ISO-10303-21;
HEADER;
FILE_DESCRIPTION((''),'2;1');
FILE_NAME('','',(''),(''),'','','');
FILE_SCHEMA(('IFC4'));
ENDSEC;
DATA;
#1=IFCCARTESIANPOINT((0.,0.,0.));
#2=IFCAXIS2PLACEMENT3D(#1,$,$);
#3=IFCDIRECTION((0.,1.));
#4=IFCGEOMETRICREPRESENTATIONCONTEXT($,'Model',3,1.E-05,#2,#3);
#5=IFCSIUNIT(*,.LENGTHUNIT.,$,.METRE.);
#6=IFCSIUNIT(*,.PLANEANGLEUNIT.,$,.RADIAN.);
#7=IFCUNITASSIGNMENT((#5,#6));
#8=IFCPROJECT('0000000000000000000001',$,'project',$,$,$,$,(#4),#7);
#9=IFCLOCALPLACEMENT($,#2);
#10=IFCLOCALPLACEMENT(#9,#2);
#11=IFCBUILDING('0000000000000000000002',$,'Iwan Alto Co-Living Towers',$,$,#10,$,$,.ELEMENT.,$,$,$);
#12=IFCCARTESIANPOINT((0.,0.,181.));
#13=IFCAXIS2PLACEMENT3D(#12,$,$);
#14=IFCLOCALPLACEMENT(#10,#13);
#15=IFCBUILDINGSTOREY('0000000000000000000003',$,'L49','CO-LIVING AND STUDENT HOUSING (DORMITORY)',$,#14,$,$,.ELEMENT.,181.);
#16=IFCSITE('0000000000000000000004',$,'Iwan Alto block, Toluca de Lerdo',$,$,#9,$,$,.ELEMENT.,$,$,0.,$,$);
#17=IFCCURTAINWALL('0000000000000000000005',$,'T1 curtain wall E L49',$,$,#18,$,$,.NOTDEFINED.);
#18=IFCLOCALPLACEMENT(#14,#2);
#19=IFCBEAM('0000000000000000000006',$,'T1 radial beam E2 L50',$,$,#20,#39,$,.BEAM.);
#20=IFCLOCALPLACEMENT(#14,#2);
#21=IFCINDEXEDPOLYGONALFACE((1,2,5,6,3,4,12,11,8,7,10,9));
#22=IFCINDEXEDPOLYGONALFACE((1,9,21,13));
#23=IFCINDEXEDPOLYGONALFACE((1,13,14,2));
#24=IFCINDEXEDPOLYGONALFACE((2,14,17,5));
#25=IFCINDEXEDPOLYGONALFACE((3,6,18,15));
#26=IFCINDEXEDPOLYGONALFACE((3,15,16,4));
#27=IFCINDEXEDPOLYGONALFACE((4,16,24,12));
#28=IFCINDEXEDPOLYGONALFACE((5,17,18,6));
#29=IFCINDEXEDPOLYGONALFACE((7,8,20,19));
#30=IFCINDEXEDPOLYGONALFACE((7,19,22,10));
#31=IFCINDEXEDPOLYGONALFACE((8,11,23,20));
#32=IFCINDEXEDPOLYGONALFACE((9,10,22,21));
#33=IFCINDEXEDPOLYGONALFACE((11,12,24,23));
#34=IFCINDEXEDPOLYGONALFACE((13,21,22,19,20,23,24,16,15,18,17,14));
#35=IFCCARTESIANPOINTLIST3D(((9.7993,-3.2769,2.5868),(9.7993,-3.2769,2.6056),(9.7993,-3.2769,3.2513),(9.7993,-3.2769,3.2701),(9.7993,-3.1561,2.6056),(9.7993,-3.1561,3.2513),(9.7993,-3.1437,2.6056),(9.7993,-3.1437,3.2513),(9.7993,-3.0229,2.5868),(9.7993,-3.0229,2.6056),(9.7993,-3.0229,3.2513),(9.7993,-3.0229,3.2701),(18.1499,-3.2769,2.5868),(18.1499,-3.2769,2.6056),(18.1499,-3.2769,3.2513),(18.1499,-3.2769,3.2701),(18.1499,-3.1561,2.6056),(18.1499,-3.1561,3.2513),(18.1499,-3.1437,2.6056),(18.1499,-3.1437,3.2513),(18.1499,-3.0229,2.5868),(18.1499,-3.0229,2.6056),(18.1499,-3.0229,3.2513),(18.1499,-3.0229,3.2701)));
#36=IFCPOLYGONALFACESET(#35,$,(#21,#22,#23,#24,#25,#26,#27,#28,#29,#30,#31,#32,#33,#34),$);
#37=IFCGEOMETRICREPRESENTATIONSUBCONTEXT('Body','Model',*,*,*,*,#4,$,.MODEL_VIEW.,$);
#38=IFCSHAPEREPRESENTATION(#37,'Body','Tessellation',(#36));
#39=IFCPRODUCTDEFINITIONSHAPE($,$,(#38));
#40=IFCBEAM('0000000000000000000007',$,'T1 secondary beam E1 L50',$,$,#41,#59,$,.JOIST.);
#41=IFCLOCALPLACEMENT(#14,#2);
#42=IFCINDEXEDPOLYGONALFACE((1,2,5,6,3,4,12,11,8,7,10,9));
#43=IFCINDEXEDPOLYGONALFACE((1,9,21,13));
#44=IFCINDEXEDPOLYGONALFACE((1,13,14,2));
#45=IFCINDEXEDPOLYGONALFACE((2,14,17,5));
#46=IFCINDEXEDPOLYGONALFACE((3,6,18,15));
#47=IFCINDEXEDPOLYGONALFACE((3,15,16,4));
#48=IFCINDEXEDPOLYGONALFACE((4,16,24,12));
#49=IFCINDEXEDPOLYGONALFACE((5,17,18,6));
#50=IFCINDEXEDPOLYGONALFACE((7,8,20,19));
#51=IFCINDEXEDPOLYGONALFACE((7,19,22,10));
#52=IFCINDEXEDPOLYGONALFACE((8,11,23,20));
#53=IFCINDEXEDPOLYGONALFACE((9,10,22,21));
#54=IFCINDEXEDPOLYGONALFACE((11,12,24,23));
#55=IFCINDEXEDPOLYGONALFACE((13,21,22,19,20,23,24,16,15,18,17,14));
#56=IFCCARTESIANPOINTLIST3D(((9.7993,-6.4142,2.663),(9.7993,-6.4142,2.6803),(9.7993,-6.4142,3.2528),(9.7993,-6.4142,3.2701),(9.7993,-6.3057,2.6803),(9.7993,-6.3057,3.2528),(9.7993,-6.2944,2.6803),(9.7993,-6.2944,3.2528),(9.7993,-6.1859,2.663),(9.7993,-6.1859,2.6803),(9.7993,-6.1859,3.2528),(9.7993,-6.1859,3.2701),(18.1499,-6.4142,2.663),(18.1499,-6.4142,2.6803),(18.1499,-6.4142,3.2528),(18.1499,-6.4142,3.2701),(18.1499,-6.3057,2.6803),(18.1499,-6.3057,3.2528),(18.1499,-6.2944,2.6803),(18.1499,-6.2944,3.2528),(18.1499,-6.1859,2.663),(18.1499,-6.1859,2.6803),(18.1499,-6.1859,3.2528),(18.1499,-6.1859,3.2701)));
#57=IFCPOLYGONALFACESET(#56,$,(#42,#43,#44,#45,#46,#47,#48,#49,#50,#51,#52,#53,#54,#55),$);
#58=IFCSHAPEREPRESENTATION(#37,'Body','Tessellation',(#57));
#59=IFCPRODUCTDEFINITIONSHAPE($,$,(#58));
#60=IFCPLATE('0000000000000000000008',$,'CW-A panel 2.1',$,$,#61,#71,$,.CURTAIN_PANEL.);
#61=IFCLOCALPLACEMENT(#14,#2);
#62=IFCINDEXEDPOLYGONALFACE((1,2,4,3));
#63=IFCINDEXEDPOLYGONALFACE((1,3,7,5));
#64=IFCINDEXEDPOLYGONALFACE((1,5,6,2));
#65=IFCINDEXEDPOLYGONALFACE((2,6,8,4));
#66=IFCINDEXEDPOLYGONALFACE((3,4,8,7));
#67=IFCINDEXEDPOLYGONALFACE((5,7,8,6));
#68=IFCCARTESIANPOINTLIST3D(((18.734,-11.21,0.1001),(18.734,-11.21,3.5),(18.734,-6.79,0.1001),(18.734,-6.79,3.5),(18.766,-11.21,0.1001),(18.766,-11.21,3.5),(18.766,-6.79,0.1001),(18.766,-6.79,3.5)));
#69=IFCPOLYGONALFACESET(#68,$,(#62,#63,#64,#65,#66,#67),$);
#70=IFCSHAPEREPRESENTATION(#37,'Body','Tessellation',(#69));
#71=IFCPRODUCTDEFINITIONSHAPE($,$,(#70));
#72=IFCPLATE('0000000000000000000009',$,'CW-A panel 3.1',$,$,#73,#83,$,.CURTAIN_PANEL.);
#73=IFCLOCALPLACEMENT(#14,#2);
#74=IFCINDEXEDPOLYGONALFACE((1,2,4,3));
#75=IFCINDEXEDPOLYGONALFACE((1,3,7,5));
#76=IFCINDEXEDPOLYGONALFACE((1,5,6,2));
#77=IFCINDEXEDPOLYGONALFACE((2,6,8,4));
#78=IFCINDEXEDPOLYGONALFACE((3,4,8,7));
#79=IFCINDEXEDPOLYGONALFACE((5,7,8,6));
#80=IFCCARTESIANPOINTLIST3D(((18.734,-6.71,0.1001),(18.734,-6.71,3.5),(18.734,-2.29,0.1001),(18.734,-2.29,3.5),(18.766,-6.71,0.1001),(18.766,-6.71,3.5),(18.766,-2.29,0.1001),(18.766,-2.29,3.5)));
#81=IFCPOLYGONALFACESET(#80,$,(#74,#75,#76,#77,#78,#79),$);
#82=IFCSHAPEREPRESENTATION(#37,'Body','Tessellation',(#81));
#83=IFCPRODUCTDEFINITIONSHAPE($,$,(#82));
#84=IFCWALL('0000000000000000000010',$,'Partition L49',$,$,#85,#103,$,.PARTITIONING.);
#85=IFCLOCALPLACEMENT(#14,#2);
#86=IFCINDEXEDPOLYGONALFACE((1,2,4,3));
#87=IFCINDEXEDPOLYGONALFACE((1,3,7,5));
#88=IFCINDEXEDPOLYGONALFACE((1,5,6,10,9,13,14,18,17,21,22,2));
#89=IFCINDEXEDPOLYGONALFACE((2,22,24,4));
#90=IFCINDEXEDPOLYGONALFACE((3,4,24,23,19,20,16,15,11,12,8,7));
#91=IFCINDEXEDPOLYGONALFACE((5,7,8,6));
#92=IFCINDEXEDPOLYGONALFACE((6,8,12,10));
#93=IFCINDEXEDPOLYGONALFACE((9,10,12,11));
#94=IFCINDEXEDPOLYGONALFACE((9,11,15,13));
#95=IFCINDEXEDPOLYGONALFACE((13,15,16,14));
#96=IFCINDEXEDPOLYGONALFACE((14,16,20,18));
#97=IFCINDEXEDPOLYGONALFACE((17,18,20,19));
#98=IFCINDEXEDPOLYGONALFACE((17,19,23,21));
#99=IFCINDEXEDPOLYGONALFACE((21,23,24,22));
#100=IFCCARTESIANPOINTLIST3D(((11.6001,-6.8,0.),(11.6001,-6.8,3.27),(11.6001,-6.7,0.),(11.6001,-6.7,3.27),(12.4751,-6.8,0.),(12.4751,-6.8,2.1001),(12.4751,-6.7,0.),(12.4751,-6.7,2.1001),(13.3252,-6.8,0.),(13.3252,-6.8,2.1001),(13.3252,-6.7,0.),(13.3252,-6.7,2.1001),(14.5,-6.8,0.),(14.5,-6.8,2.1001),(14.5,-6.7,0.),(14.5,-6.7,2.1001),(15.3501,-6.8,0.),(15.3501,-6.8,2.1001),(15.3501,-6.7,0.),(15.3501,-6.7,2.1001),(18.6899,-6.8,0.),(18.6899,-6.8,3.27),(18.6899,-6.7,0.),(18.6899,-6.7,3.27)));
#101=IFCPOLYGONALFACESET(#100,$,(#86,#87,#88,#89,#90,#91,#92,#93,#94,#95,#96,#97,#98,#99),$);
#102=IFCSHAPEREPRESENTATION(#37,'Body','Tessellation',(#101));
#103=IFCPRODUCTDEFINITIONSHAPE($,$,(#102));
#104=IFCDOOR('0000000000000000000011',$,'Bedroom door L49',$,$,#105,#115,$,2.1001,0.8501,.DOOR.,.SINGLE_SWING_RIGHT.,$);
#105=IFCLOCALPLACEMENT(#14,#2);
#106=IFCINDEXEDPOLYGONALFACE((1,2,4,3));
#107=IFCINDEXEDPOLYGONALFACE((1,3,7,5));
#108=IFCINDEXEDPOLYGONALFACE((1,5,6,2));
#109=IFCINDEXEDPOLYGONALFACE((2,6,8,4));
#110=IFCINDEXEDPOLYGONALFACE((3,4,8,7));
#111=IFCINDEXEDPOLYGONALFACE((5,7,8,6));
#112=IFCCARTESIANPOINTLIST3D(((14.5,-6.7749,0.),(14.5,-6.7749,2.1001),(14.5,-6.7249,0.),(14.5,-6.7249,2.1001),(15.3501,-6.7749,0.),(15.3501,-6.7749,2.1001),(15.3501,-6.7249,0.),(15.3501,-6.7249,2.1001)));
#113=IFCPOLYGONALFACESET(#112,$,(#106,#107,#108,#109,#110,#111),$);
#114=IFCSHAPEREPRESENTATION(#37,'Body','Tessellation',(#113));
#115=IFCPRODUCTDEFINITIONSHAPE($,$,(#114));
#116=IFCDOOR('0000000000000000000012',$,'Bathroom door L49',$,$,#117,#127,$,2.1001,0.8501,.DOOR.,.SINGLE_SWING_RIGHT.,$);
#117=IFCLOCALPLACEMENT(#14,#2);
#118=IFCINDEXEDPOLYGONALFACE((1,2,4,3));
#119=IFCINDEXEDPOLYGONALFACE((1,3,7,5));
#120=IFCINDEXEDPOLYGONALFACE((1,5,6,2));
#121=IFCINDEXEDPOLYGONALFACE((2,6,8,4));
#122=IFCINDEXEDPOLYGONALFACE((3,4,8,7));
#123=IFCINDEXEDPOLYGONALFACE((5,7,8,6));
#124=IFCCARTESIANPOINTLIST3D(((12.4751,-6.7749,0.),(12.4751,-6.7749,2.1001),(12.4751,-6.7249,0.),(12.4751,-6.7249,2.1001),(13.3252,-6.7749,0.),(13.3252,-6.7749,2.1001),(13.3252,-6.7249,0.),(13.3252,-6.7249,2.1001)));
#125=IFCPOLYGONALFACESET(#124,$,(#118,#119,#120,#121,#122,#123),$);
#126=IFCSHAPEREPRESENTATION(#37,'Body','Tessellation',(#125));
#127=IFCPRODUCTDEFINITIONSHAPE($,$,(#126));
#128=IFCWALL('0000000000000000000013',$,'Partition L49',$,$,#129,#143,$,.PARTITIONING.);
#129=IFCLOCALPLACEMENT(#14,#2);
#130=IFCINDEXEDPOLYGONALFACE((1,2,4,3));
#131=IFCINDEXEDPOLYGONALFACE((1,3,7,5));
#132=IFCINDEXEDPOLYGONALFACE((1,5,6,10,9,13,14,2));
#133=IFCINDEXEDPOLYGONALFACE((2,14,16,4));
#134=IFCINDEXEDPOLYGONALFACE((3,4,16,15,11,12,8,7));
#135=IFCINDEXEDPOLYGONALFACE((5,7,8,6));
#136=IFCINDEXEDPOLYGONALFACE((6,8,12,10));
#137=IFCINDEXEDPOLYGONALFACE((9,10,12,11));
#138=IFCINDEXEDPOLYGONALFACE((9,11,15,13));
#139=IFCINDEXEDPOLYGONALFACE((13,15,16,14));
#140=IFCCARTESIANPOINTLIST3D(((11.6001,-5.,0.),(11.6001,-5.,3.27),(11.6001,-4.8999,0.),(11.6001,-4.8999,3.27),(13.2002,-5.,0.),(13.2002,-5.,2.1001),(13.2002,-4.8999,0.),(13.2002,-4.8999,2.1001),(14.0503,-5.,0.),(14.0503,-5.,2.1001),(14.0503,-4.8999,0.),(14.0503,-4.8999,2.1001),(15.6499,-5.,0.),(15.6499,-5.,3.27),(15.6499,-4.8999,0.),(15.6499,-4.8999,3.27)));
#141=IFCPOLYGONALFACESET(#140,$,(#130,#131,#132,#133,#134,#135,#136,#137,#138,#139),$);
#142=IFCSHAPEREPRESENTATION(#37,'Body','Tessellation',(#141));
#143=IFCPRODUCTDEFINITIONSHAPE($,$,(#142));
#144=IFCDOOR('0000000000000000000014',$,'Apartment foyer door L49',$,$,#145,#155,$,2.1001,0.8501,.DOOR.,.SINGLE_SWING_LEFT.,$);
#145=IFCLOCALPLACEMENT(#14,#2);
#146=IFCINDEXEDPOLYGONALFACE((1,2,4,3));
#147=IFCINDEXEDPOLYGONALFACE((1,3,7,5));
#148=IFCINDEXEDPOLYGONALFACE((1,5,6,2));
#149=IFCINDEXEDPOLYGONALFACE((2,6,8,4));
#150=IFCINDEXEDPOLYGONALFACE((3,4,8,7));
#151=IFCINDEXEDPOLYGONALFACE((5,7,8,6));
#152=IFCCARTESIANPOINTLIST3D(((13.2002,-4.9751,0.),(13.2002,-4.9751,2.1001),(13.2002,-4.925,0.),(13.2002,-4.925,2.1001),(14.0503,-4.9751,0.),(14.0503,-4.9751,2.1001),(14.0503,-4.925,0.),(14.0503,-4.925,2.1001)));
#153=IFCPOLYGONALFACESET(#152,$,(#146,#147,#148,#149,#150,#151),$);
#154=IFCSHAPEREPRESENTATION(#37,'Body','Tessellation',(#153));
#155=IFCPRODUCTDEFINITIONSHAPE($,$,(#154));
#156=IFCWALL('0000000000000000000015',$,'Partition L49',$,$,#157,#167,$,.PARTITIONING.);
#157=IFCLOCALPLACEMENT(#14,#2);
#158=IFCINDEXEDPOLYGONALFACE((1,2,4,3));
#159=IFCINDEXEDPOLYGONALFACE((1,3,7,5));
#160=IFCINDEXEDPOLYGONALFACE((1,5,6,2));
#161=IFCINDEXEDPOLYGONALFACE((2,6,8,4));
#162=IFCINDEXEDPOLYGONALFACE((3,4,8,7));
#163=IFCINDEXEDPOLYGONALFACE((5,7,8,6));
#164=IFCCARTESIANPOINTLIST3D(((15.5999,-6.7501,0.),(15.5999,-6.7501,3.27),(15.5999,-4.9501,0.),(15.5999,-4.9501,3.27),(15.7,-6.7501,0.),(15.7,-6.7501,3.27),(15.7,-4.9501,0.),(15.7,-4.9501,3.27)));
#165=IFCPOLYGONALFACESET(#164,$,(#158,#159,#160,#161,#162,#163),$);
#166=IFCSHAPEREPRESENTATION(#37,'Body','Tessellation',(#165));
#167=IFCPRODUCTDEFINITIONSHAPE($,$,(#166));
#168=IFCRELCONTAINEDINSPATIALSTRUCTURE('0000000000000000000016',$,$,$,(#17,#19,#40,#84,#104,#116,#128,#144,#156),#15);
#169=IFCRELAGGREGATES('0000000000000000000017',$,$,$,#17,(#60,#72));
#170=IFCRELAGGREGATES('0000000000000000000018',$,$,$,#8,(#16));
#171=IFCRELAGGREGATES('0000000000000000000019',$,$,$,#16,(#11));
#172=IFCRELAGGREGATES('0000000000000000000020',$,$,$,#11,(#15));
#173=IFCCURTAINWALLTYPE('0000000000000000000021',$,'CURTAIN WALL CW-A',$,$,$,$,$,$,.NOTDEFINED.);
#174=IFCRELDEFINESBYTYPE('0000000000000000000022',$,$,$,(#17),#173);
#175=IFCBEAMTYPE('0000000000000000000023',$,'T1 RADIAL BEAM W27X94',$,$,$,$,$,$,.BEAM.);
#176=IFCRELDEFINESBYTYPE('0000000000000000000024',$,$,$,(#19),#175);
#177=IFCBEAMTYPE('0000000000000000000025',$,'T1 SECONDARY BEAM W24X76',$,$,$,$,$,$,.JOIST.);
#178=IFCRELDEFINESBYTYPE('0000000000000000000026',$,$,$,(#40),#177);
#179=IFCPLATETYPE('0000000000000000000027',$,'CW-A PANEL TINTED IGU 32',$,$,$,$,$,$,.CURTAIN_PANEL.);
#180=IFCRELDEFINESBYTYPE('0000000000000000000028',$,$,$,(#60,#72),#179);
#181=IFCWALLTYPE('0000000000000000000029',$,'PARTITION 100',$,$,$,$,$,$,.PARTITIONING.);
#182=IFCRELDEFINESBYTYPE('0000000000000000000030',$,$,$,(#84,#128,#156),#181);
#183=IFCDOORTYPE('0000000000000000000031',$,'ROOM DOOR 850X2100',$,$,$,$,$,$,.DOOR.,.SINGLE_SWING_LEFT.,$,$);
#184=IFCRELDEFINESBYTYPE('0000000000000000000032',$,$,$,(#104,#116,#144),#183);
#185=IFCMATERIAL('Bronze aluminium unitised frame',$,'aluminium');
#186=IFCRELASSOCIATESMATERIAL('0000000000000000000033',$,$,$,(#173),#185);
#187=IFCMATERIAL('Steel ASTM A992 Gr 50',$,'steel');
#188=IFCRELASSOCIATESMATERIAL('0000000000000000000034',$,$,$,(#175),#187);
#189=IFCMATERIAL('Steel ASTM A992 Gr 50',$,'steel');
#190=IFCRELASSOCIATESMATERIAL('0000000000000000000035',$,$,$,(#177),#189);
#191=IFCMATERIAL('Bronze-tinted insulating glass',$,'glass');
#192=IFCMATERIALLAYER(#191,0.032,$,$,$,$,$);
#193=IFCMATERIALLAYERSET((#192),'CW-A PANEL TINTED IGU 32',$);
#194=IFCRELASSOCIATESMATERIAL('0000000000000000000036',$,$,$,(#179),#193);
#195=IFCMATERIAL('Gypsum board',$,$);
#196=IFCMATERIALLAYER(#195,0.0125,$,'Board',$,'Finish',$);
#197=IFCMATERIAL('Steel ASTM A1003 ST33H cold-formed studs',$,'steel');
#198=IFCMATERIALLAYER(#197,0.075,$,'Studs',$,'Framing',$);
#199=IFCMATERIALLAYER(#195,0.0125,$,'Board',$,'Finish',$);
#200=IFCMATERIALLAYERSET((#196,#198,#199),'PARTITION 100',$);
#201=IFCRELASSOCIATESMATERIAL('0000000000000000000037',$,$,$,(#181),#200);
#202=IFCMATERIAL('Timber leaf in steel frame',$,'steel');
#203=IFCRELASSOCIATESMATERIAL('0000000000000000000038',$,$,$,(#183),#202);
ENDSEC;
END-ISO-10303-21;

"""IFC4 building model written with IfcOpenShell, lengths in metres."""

from ifc_helpers import new_model, si_unit, direction, frame, frame_2d, origin, origin_2d, place, context, subcontext, project, spatial, rectangle, i_section, extrude, material, layer, layer_set, material_profile, profile_set, type_object, element, fill, aggregate, save


model = new_model("IFC4")

# Units and contexts
model_context = context("Model", 3, precision=1e-05, world=origin(), true_north=direction((0.0, 1.0)))
body_context = subcontext(model_context, "Body", "Model", "MODEL_VIEW")
ifc_project = project(units=[si_unit("LENGTHUNIT", "METRE"), si_unit("PLANEANGLEUNIT", "RADIAN")], contexts=[model_context])

# Site, building, storey
site_placement = place(None, origin())
site = spatial("IfcSite", under=ifc_project, at=site_placement, Name="Iwan Alto block, Toluca de Lerdo", CompositionType="ELEMENT", RefElevation=0.0)
building_placement = place(site_placement, origin())
building = spatial("IfcBuilding", under=site, at=building_placement, Name="Iwan Alto Co-Living Towers", CompositionType="ELEMENT")
storey_placement = place(building_placement, frame((0.0, 0.0, 181.0)))
storey = spatial("IfcBuildingStorey", under=building, at=storey_placement, Name="L49", Description="CO-LIVING AND STUDENT HOUSING (DORMITORY)", CompositionType="ELEMENT", Elevation=181.0)

# Curtain wall
ifc_material_1 = material(Name="Bronze aluminium unitised frame", Category="aluminium")
curtain_wall_type = type_object("IfcCurtainWallType", Name="CURTAIN WALL CW-A", PredefinedType="NOTDEFINED", material=ifc_material_1)
curtain_wall_placement = place(storey_placement, origin())
curtain_wall = element("IfcCurtainWall", 1, at=curtain_wall_placement, inside=storey, type_object=curtain_wall_type, Name="T1 curtain wall E L49", PredefinedType="NOTDEFINED")

# Beams
ifc_material_2 = material(Name="Steel ASTM A992 Gr 50", Category="steel")
ifc_material_profile_1 = material_profile(ifc_material_2, i_section(OverallWidth=0.2539, OverallDepth=0.6833, WebThickness=0.0125, FlangeThickness=0.0188, at=origin_2d()), Name="W27X94")
ifc_profile_set_1 = profile_set([ifc_material_profile_1], Name="Steel ASTM A992 Gr 50")
beam_type_1 = type_object("IfcBeamType", Name="T1 RADIAL BEAM W27X94", PredefinedType="BEAM", material=ifc_profile_set_1)
for number, where, z_axis, x_axis, name in (
    (2, (18.1499, -3.1499, 2.9285), (-1.0, 0.0, 0.0), (0.0, -1.0, 0.0), "T1 radial beam E2 L50"),
):
    element("IfcBeam", number, at=place(storey_placement, frame(where, z_axis=z_axis, x_axis=x_axis)), inside=storey, type_object=beam_type_1, Name=name, PredefinedType="BEAM", context=body_context, shape_type="SweptSolid", body=[
        extrude(i_section(OverallWidth=0.2539, OverallDepth=0.6833, WebThickness=0.0125, FlangeThickness=0.0188, at=origin_2d()), origin(), (0.0, 0.0, 1.0), 8.3506),
    ])
ifc_material_3 = material(Name="Steel ASTM A992 Gr 50", Category="steel")
ifc_material_profile_2 = material_profile(ifc_material_3, i_section(OverallWidth=0.2283, OverallDepth=0.6072, WebThickness=0.0112, FlangeThickness=0.0173, at=origin_2d()), Name="W24X76")
ifc_profile_set_2 = profile_set([ifc_material_profile_2], Name="Steel ASTM A992 Gr 50")
beam_type_2 = type_object("IfcBeamType", Name="T1 SECONDARY BEAM W24X76", PredefinedType="JOIST", material=ifc_profile_set_2)
beam_1_placement = place(storey_placement, frame((18.1499, -6.3, 2.9666), z_axis=(-1.0, 0.0, 0.0), x_axis=(0.0, -1.0, 0.0)))
element("IfcBeam", 3, at=beam_1_placement, inside=storey, type_object=beam_type_2, Name="T1 secondary beam E1 L50", PredefinedType="JOIST", context=body_context, shape_type="SweptSolid", body=[
    extrude(i_section(OverallWidth=0.2283, OverallDepth=0.6072, WebThickness=0.0112, FlangeThickness=0.0173, at=origin_2d()), origin(), (0.0, 0.0, 1.0), 8.3506),
])

# Plates
ifc_material_4 = material(Name="Bronze-tinted insulating glass", Category="glass")
ifc_layer_1 = layer(ifc_material_4, 0.032)
ifc_layer_set_1 = layer_set([ifc_layer_1], Name="CW-A PANEL TINTED IGU 32")
plate_type = type_object("IfcPlateType", Name="CW-A PANEL TINTED IGU 32", PredefinedType="CURTAIN_PANEL", material=ifc_layer_set_1)
plate_1_placement = place(storey_placement, frame((18.75, -9.0, 0.1001), z_axis=(0.0, 0.0, 1.0), x_axis=(0.0, 1.0, 0.0)))
plate_1 = element("IfcPlate", 4, at=plate_1_placement, type_object=plate_type, Name="CW-A panel 2.1", PredefinedType="CURTAIN_PANEL", context=body_context, shape_type="SweptSolid", body=[
    extrude(rectangle(XDim=4.4199, YDim=0.032, at=origin_2d()), origin(), (0.0, 0.0, 1.0), 3.3999),
])
plate_2_placement = place(storey_placement, frame((18.75, -4.5, 0.1001), z_axis=(0.0, 0.0, 1.0), x_axis=(0.0, 1.0, 0.0)))
plate_2 = element("IfcPlate", 5, at=plate_2_placement, type_object=plate_type, Name="CW-A panel 3.1", PredefinedType="CURTAIN_PANEL", context=body_context, shape_type="SweptSolid", body=[
    extrude(rectangle(XDim=4.4199, YDim=0.032, at=origin_2d()), origin(), (0.0, 0.0, 1.0), 3.3999),
])
aggregate(curtain_wall, [plate_1, plate_2])

# Wall, openings, doors
ifc_material_5 = material(Name="Gypsum board")
ifc_layer_2 = layer(ifc_material_5, 0.0125, Name="Board", Category="Finish")
ifc_material_6 = material(Name="Steel ASTM A1003 ST33H cold-formed studs", Category="steel")
ifc_layer_3 = layer(ifc_material_6, 0.075, Name="Studs", Category="Framing")
ifc_layer_4 = layer(ifc_material_5, 0.0125, Name="Board", Category="Finish")
ifc_layer_set_2 = layer_set([ifc_layer_2, ifc_layer_3, ifc_layer_4], Name="PARTITION 100")
wall_type_1 = type_object("IfcWallType", Name="PARTITION 100", PredefinedType="PARTITIONING", material=ifc_layer_set_2)
wall_1_placement = place(storey_placement, frame((11.6001, -6.75, 0.0), z_axis=(0.0, 0.0, 1.0), x_axis=(1.0, 0.0, 0.0)))
wall_1 = element("IfcWall", 6, at=wall_1_placement, inside=storey, type_object=wall_type_1, Name="Partition L49", PredefinedType="PARTITIONING", context=body_context, shape_type="SweptSolid", body=[
    extrude(rectangle(XDim=7.0898, YDim=0.1001, at=frame_2d((3.5449, 0.0))), origin(), (0.0, 0.0, 1.0), 3.27),
])
opening_1_placement = place(wall_1_placement, frame((2.8999, 0.0, 0.0)))
opening_1 = element("IfcOpeningElement", 7, at=opening_1_placement, cuts=wall_1, PredefinedType="OPENING", context=body_context, shape_type="SweptSolid", body=[
    extrude(rectangle(XDim=0.8501, YDim=2.1001, at=frame_2d((0.425, 1.05))), frame((0.0, 0.0601, 0.0), z_axis=(0.0, -1.0, 0.0), x_axis=(1.0, 0.0, 0.0)), (0.0, 0.0, 1.0), 0.1201),
])
opening_2_placement = place(wall_1_placement, frame((0.875, 0.0, 0.0)))
opening_2 = element("IfcOpeningElement", 8, at=opening_2_placement, cuts=wall_1, PredefinedType="OPENING", context=body_context, shape_type="SweptSolid", body=[
    extrude(rectangle(XDim=0.8501, YDim=2.1001, at=frame_2d((0.425, 1.05))), frame((0.0, 0.0601, 0.0), z_axis=(0.0, -1.0, 0.0), x_axis=(1.0, 0.0, 0.0)), (0.0, 0.0, 1.0), 0.1201),
])
ifc_material_7 = material(Name="Timber leaf in steel frame", Category="steel")
door_type = type_object("IfcDoorType", Name="ROOM DOOR 850X2100", OperationType="SINGLE_SWING_LEFT", PredefinedType="DOOR", material=ifc_material_7)
door_1_placement = place(opening_1_placement, frame((0.8501, 0.0, 0.0), z_axis=(0.0, 0.0, 1.0), x_axis=(-1.0, 0.0, 0.0)))
door_1 = element("IfcDoor", 9, at=door_1_placement, inside=storey, type_object=door_type, Name="Bedroom door L49", OperationType="SINGLE_SWING_RIGHT", OverallHeight=2.1001, OverallWidth=0.8501, PredefinedType="DOOR", context=body_context, shape_type="SweptSolid", body=[
    extrude(rectangle(XDim=0.8501, YDim=2.1001, at=frame_2d((0.425, 1.05))), frame((0.0, 0.0249, 0.0), z_axis=(0.0, -1.0, 0.0), x_axis=(1.0, 0.0, 0.0)), (0.0, 0.0, 1.0), 0.05),
])
fill(opening_1, door_1)
door_2_placement = place(opening_2_placement, frame((0.8501, 0.0, 0.0), z_axis=(0.0, 0.0, 1.0), x_axis=(-1.0, 0.0, 0.0)))
door_2 = element("IfcDoor", 10, at=door_2_placement, inside=storey, type_object=door_type, Name="Bathroom door L49", OperationType="SINGLE_SWING_RIGHT", OverallHeight=2.1001, OverallWidth=0.8501, PredefinedType="DOOR", context=body_context, shape_type="SweptSolid", body=[
    extrude(rectangle(XDim=0.8501, YDim=2.1001, at=frame_2d((0.425, 1.05))), frame((0.0, 0.0249, 0.0), z_axis=(0.0, -1.0, 0.0), x_axis=(1.0, 0.0, 0.0)), (0.0, 0.0, 1.0), 0.05),
])
fill(opening_2, door_2)

# Wall, opening, door
wall_2_placement = place(storey_placement, frame((11.6001, -4.95, 0.0), z_axis=(0.0, 0.0, 1.0), x_axis=(1.0, 0.0, 0.0)))
wall_2 = element("IfcWall", 11, at=wall_2_placement, inside=storey, type_object=wall_type_1, Name="Partition L49", PredefinedType="PARTITIONING", context=body_context, shape_type="SweptSolid", body=[
    extrude(rectangle(XDim=4.0498, YDim=0.1001, at=frame_2d((2.0249, 0.0))), origin(), (0.0, 0.0, 1.0), 3.27),
])
opening_3_placement = place(wall_2_placement, frame((1.6001, 0.0, 0.0)))
opening_3 = element("IfcOpeningElement", 12, at=opening_3_placement, cuts=wall_2, PredefinedType="OPENING", context=body_context, shape_type="SweptSolid", body=[
    extrude(rectangle(XDim=0.8501, YDim=2.1001, at=frame_2d((0.425, 1.05))), frame((0.0, 0.0601, 0.0), z_axis=(0.0, -1.0, 0.0), x_axis=(1.0, 0.0, 0.0)), (0.0, 0.0, 1.0), 0.1201),
])
door_3_placement = place(opening_3_placement, origin())
door_3 = element("IfcDoor", 13, at=door_3_placement, inside=storey, type_object=door_type, Name="Apartment foyer door L49", OperationType="SINGLE_SWING_LEFT", OverallHeight=2.1001, OverallWidth=0.8501, PredefinedType="DOOR", context=body_context, shape_type="SweptSolid", body=[
    extrude(rectangle(XDim=0.8501, YDim=2.1001, at=frame_2d((0.425, 1.05))), frame((0.0, 0.0249, 0.0), z_axis=(0.0, -1.0, 0.0), x_axis=(1.0, 0.0, 0.0)), (0.0, 0.0, 1.0), 0.05),
])
fill(opening_3, door_3)

# Wall
wall_3_placement = place(storey_placement, frame((15.6499, -6.75, 0.0), z_axis=(0.0, 0.0, 1.0), x_axis=(0.0, 1.0, 0.0)))
element("IfcWall", 14, at=wall_3_placement, inside=storey, type_object=wall_type_1, Name="Partition L49", PredefinedType="PARTITIONING", context=body_context, shape_type="SweptSolid", body=[
    extrude(rectangle(XDim=1.8, YDim=0.1001, at=frame_2d((0.8999, 0.0))), origin(), (0.0, 0.0, 1.0), 3.27),
])

save(model, "model.ifc")
